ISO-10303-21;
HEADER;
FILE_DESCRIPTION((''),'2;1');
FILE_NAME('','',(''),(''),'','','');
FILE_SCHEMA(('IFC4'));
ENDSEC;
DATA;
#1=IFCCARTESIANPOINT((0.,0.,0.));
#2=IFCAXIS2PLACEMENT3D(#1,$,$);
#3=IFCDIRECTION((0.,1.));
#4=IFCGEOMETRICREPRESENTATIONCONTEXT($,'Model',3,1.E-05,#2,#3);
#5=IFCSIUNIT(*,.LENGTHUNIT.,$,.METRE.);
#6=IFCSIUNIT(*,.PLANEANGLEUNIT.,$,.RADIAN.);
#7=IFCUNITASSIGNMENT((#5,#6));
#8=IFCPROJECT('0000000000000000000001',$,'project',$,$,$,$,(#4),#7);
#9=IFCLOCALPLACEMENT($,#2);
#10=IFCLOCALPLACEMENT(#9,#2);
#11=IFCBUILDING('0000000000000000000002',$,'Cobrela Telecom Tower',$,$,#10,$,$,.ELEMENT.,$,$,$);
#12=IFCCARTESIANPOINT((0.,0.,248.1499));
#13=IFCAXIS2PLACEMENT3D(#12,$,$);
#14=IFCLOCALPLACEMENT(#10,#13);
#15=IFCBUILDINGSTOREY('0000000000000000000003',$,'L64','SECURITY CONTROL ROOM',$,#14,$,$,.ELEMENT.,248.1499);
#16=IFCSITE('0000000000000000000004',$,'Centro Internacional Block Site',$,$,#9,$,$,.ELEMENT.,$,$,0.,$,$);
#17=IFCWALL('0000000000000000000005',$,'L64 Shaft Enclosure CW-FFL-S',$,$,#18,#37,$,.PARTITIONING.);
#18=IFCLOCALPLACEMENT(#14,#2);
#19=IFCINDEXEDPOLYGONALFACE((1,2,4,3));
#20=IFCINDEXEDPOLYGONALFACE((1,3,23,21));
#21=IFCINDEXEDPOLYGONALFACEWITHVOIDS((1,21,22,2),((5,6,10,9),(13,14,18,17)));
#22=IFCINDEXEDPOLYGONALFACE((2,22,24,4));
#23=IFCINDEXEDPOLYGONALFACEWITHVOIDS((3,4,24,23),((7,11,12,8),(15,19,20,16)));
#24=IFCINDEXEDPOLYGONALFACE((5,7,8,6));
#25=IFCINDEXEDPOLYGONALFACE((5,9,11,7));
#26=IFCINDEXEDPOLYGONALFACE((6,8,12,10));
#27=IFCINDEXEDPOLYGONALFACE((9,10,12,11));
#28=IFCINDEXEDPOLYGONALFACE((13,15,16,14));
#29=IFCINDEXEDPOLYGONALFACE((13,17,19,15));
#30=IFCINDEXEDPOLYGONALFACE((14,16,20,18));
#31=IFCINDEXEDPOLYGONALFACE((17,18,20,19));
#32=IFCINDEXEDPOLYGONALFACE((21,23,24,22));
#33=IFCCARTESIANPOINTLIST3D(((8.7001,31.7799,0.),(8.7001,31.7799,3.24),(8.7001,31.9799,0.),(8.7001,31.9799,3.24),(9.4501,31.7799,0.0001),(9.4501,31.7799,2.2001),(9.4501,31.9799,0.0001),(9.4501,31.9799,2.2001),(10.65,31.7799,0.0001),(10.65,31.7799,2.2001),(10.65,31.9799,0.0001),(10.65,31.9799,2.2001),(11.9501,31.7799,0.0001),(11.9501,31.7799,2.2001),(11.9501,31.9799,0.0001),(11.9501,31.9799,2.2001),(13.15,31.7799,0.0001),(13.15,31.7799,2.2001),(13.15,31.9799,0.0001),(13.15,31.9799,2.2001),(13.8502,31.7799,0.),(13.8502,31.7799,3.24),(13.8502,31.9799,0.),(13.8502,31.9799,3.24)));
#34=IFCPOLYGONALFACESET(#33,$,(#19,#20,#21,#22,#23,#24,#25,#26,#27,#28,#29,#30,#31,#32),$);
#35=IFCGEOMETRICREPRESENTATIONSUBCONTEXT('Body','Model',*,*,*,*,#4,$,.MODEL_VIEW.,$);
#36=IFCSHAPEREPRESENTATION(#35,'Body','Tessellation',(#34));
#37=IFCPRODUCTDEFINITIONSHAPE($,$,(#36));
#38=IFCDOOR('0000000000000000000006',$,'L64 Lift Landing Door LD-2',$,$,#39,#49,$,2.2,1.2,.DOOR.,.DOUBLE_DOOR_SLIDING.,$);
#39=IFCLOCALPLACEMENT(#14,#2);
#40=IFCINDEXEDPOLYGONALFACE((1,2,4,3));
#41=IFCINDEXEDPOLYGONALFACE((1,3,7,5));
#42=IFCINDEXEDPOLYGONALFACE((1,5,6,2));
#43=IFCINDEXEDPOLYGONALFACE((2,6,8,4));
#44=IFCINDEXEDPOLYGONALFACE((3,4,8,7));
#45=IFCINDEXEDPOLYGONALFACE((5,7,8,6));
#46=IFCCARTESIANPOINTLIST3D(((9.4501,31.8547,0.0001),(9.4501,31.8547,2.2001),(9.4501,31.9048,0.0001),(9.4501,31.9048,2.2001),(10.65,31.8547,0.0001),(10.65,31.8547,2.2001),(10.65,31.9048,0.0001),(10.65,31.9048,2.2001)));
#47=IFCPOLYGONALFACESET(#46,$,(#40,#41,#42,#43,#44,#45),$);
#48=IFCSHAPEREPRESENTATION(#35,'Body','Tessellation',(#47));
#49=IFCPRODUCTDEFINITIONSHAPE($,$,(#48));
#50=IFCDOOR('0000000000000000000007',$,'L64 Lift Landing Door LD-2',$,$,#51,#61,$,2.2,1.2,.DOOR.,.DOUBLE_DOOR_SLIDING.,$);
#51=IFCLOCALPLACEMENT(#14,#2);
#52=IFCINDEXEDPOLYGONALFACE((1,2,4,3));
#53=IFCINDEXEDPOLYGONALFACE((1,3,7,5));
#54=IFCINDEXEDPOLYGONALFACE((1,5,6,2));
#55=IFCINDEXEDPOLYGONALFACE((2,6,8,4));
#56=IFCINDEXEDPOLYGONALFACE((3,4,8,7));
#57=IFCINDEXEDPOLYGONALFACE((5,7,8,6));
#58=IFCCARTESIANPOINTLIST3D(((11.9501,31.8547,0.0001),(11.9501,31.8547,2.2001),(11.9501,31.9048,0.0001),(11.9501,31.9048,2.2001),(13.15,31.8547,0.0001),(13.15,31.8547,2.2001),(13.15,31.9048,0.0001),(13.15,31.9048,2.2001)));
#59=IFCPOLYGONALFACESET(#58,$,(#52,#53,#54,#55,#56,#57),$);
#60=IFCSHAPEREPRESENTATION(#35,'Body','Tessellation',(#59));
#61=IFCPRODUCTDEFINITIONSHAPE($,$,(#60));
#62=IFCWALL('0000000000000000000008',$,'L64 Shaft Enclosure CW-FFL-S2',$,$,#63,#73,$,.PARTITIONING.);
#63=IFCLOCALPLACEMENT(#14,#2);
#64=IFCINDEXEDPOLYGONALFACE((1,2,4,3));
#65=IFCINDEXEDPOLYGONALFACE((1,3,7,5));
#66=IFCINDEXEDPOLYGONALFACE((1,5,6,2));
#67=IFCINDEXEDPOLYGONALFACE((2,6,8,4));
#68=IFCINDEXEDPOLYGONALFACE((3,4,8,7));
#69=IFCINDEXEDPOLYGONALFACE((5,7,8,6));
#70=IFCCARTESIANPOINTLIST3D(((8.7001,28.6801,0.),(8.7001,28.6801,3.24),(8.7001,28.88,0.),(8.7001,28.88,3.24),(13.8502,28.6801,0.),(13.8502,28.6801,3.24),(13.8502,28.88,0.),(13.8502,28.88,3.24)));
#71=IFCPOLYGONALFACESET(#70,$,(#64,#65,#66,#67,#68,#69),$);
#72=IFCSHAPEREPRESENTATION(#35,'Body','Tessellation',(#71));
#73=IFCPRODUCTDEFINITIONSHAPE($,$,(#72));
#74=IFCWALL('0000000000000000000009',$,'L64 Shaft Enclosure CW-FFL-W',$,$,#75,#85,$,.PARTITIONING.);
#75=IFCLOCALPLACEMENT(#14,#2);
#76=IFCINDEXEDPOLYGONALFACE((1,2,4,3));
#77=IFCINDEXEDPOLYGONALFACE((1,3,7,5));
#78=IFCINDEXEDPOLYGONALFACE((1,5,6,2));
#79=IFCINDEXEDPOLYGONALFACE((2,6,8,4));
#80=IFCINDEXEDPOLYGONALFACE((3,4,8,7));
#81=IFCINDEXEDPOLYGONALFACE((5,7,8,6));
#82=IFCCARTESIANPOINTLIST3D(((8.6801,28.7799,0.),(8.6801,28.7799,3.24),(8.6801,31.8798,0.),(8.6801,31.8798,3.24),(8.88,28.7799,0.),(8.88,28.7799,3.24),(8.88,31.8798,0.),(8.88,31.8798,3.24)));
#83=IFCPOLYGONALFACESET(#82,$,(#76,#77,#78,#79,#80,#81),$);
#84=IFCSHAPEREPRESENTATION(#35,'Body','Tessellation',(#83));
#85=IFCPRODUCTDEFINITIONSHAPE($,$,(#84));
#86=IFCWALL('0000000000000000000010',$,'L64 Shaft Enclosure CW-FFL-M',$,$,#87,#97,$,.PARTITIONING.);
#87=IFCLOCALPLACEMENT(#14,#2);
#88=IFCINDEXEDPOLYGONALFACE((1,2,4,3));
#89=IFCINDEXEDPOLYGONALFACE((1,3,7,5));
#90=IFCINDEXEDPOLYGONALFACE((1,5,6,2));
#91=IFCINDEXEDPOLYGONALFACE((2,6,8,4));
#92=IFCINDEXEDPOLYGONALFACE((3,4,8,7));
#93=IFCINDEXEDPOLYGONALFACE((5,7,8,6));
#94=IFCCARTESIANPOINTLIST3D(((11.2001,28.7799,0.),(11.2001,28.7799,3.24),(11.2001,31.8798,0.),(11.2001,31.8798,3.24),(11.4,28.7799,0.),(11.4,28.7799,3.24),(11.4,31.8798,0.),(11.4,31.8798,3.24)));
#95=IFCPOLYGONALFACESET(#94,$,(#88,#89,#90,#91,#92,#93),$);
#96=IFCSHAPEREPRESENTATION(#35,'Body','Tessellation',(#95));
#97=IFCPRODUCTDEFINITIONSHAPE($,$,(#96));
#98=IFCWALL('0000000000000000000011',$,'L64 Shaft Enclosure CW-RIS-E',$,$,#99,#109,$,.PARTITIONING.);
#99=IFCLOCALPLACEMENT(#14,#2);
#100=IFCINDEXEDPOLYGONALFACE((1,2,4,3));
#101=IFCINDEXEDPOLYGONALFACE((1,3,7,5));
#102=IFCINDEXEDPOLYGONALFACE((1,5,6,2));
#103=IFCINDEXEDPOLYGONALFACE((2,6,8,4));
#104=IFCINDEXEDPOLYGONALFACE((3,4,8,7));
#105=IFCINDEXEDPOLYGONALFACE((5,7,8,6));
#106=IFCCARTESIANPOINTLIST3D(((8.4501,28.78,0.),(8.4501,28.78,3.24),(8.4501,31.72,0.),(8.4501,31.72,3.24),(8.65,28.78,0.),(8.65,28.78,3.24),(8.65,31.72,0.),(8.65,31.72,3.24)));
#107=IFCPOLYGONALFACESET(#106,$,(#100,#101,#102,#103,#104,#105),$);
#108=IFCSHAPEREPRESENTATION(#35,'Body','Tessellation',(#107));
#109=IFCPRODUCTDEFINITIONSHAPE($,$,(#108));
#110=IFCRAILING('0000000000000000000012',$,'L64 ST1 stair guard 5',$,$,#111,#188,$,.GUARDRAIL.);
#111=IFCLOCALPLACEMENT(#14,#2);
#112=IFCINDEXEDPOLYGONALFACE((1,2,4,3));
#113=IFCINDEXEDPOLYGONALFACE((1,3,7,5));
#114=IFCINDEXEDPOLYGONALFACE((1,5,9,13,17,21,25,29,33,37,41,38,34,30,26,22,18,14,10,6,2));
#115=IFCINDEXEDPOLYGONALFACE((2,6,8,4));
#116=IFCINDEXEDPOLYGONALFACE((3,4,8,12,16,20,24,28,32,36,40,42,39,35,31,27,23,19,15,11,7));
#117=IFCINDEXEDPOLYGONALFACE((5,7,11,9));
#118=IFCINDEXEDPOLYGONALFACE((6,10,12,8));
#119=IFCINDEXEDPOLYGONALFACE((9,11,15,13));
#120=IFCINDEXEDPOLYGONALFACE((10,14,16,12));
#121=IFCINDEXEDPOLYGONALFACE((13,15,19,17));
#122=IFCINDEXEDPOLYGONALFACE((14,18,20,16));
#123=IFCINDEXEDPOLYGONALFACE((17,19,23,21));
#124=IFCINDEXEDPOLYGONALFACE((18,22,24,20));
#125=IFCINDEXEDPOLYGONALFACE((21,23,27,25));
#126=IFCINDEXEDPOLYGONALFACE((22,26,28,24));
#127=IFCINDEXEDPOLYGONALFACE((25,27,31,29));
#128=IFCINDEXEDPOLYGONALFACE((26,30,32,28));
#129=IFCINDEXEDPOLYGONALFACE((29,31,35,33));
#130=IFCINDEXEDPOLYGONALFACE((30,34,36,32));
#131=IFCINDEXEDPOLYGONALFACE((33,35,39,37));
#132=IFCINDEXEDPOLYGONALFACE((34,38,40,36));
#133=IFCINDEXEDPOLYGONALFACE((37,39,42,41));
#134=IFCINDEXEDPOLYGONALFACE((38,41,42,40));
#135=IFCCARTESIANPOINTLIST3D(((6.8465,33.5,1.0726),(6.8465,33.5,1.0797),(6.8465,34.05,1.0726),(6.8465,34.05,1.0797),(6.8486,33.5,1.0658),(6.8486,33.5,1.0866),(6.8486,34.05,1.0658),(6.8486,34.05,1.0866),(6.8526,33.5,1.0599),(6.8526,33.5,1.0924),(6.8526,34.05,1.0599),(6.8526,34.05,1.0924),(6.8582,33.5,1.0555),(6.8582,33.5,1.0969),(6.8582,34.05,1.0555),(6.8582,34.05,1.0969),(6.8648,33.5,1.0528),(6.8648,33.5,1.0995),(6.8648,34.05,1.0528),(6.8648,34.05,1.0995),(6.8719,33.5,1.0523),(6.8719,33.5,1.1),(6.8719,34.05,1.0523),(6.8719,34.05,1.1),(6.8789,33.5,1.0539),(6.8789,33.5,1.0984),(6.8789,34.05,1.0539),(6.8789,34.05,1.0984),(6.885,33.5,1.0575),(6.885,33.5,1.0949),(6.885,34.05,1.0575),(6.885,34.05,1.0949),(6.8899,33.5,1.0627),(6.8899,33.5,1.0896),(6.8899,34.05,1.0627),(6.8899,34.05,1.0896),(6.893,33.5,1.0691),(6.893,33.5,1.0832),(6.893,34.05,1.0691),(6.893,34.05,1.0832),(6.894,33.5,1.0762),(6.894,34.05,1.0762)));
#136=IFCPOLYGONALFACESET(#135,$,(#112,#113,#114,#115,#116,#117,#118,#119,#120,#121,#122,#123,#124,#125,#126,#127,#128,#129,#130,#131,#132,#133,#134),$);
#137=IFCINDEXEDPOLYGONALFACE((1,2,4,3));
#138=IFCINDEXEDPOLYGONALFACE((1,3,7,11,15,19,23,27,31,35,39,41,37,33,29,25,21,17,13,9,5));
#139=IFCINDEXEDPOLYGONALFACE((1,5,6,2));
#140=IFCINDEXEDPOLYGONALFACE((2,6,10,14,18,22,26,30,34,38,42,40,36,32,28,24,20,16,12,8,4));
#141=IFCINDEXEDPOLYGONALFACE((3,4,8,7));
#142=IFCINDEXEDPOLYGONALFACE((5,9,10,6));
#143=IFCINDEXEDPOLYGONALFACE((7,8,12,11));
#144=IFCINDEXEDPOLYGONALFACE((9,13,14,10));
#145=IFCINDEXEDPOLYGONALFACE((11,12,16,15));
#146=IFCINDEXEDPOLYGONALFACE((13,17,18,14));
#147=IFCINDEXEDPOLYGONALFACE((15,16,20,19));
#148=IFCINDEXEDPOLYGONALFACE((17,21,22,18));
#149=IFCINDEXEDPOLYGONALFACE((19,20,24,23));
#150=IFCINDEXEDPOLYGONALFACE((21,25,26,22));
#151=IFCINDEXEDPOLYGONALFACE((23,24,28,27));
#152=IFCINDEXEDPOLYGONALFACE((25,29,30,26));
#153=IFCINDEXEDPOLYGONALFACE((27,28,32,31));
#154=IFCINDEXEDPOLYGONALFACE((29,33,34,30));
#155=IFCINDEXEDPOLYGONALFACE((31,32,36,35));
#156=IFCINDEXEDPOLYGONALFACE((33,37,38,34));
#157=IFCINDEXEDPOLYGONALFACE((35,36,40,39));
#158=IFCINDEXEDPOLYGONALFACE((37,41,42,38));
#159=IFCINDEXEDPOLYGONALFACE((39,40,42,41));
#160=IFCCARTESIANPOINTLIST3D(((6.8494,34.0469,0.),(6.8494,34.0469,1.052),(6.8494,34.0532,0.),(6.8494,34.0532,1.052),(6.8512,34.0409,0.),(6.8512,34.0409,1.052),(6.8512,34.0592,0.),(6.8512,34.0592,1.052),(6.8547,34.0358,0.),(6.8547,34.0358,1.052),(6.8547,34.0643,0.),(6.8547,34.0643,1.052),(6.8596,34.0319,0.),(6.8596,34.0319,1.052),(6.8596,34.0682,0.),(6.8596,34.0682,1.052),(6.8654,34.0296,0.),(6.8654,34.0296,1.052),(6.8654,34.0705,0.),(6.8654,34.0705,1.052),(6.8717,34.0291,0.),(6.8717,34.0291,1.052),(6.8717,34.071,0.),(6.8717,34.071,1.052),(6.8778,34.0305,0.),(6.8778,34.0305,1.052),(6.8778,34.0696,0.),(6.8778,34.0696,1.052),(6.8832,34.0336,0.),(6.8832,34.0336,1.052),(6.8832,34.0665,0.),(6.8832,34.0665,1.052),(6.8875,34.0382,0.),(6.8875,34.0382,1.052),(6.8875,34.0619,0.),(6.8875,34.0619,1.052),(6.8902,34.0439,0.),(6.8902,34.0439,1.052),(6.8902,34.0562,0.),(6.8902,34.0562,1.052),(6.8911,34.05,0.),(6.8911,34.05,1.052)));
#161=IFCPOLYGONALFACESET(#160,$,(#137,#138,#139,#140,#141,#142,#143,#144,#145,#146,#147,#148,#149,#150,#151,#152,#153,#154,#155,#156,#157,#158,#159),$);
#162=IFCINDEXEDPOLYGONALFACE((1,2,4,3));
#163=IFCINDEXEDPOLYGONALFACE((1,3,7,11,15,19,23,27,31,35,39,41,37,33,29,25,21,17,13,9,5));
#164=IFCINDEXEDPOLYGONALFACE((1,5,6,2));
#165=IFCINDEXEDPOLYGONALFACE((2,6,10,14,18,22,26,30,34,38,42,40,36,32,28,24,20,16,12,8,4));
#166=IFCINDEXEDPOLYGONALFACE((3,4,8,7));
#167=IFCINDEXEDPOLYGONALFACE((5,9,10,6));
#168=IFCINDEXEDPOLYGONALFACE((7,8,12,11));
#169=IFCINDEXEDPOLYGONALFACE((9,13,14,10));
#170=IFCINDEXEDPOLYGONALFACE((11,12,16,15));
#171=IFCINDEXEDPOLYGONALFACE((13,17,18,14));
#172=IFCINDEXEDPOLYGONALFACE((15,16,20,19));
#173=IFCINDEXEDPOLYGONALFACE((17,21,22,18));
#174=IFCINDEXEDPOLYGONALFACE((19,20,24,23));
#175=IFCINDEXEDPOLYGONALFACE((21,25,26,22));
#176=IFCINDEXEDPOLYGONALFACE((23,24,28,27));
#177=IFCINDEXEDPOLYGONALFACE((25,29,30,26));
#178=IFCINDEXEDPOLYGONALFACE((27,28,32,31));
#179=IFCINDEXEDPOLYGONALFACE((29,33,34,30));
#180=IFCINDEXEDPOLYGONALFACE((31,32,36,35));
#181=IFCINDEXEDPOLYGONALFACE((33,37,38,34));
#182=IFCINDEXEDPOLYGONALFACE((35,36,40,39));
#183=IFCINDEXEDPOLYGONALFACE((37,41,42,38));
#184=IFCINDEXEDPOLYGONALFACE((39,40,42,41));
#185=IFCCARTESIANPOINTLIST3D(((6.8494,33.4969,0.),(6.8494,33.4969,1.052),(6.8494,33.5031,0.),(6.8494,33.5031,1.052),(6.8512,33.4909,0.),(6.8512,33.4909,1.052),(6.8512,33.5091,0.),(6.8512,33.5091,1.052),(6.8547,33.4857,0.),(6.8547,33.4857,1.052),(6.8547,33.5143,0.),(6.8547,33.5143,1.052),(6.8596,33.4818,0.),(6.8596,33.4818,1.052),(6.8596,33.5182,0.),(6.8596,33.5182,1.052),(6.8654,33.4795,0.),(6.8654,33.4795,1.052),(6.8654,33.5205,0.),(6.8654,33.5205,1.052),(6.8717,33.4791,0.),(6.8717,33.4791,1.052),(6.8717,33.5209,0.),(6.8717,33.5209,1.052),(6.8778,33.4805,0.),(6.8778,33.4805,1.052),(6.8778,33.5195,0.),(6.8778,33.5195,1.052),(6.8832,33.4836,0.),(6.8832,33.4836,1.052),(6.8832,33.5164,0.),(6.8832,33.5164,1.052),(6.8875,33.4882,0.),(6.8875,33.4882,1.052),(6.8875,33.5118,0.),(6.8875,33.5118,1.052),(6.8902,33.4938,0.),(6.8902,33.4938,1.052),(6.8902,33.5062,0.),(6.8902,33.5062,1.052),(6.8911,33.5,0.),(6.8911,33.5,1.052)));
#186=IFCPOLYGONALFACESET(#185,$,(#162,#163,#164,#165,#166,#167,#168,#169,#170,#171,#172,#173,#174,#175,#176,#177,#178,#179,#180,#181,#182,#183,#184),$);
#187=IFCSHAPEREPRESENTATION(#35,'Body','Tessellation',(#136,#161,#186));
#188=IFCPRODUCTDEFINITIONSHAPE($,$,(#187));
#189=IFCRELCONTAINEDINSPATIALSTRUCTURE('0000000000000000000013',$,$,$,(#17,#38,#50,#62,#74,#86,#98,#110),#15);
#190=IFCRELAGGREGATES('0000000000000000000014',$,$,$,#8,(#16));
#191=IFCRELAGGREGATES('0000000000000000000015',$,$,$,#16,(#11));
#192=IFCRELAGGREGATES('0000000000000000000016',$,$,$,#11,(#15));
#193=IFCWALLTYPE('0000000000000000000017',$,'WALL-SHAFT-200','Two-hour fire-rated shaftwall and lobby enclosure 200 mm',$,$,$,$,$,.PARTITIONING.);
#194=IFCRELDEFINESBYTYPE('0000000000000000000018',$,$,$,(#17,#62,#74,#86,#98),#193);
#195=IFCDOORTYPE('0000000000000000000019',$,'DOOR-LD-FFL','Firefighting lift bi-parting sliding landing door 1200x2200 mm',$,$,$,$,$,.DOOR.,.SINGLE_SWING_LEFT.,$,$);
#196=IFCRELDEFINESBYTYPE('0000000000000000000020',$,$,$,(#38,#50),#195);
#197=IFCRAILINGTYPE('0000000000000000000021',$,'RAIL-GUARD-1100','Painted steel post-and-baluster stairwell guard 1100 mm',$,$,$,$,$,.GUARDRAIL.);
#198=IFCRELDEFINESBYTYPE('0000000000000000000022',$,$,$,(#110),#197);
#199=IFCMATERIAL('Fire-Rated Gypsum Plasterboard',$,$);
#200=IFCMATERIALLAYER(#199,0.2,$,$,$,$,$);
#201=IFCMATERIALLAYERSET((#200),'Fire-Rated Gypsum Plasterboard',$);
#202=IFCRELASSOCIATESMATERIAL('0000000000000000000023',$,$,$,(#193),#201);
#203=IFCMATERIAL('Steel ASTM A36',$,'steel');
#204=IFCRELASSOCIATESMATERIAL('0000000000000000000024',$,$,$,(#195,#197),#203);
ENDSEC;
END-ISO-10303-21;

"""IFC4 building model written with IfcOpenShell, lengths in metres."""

from ifc_helpers import new_model, si_unit, direction, frame, frame_2d, origin, origin_2d, place, context, subcontext, project, spatial, rectangle, circle, extrude, material, layer, layer_set, type_object, element, fill, save


model = new_model("IFC4")

# Units and contexts
model_context = context("Model", 3, precision=1e-05, world=origin(), true_north=direction((0.0, 1.0)))
body_context = subcontext(model_context, "Body", "Model", "MODEL_VIEW")
ifc_project = project(units=[si_unit("LENGTHUNIT", "METRE"), si_unit("PLANEANGLEUNIT", "RADIAN")], contexts=[model_context])

# Site, building, storey
site_placement = place(None, origin())
site = spatial("IfcSite", under=ifc_project, at=site_placement, Name="Centro Internacional Block Site", CompositionType="ELEMENT", RefElevation=0.0)
building_placement = place(site_placement, origin())
building = spatial("IfcBuilding", under=site, at=building_placement, Name="Cobrela Telecom Tower", CompositionType="ELEMENT")
storey_placement = place(building_placement, frame((0.0, 0.0, 248.1499)))
storey = spatial("IfcBuildingStorey", under=building, at=storey_placement, Name="L64", Description="SECURITY CONTROL ROOM", CompositionType="ELEMENT", Elevation=248.1499)

# Shared definitions
ifc_material_1 = material(Name="Steel ASTM A36", Category="steel")

# Shared definitions
ifc_material_2 = material(Name="Fire-Rated Gypsum Plasterboard")

# Wall, openings, doors
ifc_layer_1 = layer(ifc_material_2, 0.2)
ifc_layer_set_1 = layer_set([ifc_layer_1], Name="Fire-Rated Gypsum Plasterboard")
wall_type_1 = type_object("IfcWallType", Name="WALL-SHAFT-200", Description="Two-hour fire-rated shaftwall and lobby enclosure 200 mm", PredefinedType="PARTITIONING", material=ifc_layer_set_1)
wall_1_placement = place(storey_placement, frame((8.7, 31.8799, 0.0), z_axis=(0.0, 0.0, 1.0), x_axis=(1.0, 0.0, 0.0)))
wall_1 = element("IfcWall", 1, at=wall_1_placement, inside=storey, type_object=wall_type_1, Name="L64 Shaft Enclosure CW-FFL-S", PredefinedType="PARTITIONING", context=body_context, shape_type="SweptSolid", body=[
    extrude(rectangle(XDim=5.1501, YDim=0.2, at=frame_2d((2.5752, 0.0))), origin(), (0.0, 0.0, 1.0), 3.24),
])
opening_1_placement = place(wall_1_placement, frame((0.75, 0.0, 0.0)))
opening_1 = element("IfcOpeningElement", 2, at=opening_1_placement, cuts=wall_1, PredefinedType="OPENING", context=body_context, shape_type="SweptSolid", body=[
    extrude(rectangle(XDim=1.2, YDim=2.2, at=frame_2d((0.6001, 1.1001))), frame((0.0, 0.1118, 0.0), z_axis=(0.0, -1.0, 0.0), x_axis=(1.0, 0.0, 0.0)), (0.0, 0.0, 1.0), 0.2239),
])
opening_2_placement = place(wall_1_placement, frame((3.25, 0.0, 0.0)))
opening_2 = element("IfcOpeningElement", 3, at=opening_2_placement, cuts=wall_1, PredefinedType="OPENING", context=body_context, shape_type="SweptSolid", body=[
    extrude(rectangle(XDim=1.2, YDim=2.2, at=frame_2d((0.6001, 1.1001))), frame((0.0, 0.1118, 0.0), z_axis=(0.0, -1.0, 0.0), x_axis=(1.0, 0.0, 0.0)), (0.0, 0.0, 1.0), 0.2239),
])
door_type_1 = type_object("IfcDoorType", Name="DOOR-LD-FFL", Description="Firefighting lift bi-parting sliding landing door 1200x2200 mm", OperationType="SINGLE_SWING_LEFT", PredefinedType="DOOR", material=ifc_material_1)
door_1_placement = place(opening_1_placement, origin())
door_1 = element("IfcDoor", 4, at=door_1_placement, inside=storey, type_object=door_type_1, Name="L64 Lift Landing Door LD-2", OperationType="DOUBLE_DOOR_SLIDING", OverallHeight=2.2, OverallWidth=1.2, PredefinedType="DOOR", context=body_context, shape_type="SweptSolid", body=[
    extrude(rectangle(XDim=1.2, YDim=2.2, at=frame_2d((0.6001, 1.1001))), frame((0.0, 0.0249, 0.0), z_axis=(0.0, -1.0, 0.0), x_axis=(1.0, 0.0, 0.0)), (0.0, 0.0, 1.0), 0.05),
])
fill(opening_1, door_1)
door_2_placement = place(opening_2_placement, origin())
door_2 = element("IfcDoor", 5, at=door_2_placement, inside=storey, type_object=door_type_1, Name="L64 Lift Landing Door LD-2", OperationType="DOUBLE_DOOR_SLIDING", OverallHeight=2.2, OverallWidth=1.2, PredefinedType="DOOR", context=body_context, shape_type="SweptSolid", body=[
    extrude(rectangle(XDim=1.2, YDim=2.2, at=frame_2d((0.6001, 1.1001))), frame((0.0, 0.0249, 0.0), z_axis=(0.0, -1.0, 0.0), x_axis=(1.0, 0.0, 0.0)), (0.0, 0.0, 1.0), 0.05),
])
fill(opening_2, door_2)

# Walls
wall_2_placement = place(storey_placement, frame((8.7, 28.78, 0.0), z_axis=(0.0, 0.0, 1.0), x_axis=(1.0, 0.0, 0.0)))
element("IfcWall", 6, at=wall_2_placement, inside=storey, type_object=wall_type_1, Name="L64 Shaft Enclosure CW-FFL-S2", PredefinedType="PARTITIONING", context=body_context, shape_type="SweptSolid", body=[
    extrude(rectangle(XDim=5.1501, YDim=0.2, at=frame_2d((2.5752, 0.0))), origin(), (0.0, 0.0, 1.0), 3.24),
])
for number, where, z_axis, x_axis, name in (
    (7, (8.78, 28.78, 0.0), (0.0, 0.0, 1.0), (0.0, 1.0, 0.0), "L64 Shaft Enclosure CW-FFL-W"),
    (8, (11.3, 28.78, 0.0), (0.0, 0.0, 1.0), (0.0, 1.0, 0.0), "L64 Shaft Enclosure CW-FFL-M"),
):
    element("IfcWall", number, at=place(storey_placement, frame(where, z_axis=z_axis, x_axis=x_axis)), inside=storey, type_object=wall_type_1, Name=name, PredefinedType="PARTITIONING", context=body_context, shape_type="SweptSolid", body=[
        extrude(rectangle(XDim=3.0999, YDim=0.2, at=frame_2d((1.5498, 0.0))), origin(), (0.0, 0.0, 1.0), 3.24),
    ])
wall_3_placement = place(storey_placement, frame((8.55, 28.78, 0.0), z_axis=(0.0, 0.0, 1.0), x_axis=(0.0, 1.0, 0.0)))
element("IfcWall", 9, at=wall_3_placement, inside=storey, type_object=wall_type_1, Name="L64 Shaft Enclosure CW-RIS-E", PredefinedType="PARTITIONING", context=body_context, shape_type="SweptSolid", body=[
    extrude(rectangle(XDim=2.9399, YDim=0.2, at=frame_2d((1.47, 0.0))), origin(), (0.0, 0.0, 1.0), 3.24),
])

# Railing
railing_type = type_object("IfcRailingType", Name="RAIL-GUARD-1100", Description="Painted steel post-and-baluster stairwell guard 1100 mm", PredefinedType="GUARDRAIL", material=ifc_material_1)
railing_placement = place(storey_placement, frame((6.8701, 34.05, 0.0)))
element("IfcRailing", 10, at=railing_placement, inside=storey, type_object=railing_type, Name="L64 ST1 stair guard 5", PredefinedType="GUARDRAIL", context=body_context, shape_type="SweptSolid", body=[
    extrude(circle(Radius=0.0239, at=origin_2d()), frame((0.0, 0.0, 1.0762), z_axis=(0.0, -1.0, 0.0), x_axis=(1.0, 0.0, 0.0)), (0.0, 0.0, 1.0), 0.55),
    extrude(circle(Radius=0.021, at=origin_2d()), origin(), (0.0, 0.0, 1.0), 1.052),
    extrude(circle(Radius=0.021, at=origin_2d()), frame((0.0, -0.55, 0.0)), (0.0, 0.0, 1.0), 1.052),
])

save(model, "model.ifc")
